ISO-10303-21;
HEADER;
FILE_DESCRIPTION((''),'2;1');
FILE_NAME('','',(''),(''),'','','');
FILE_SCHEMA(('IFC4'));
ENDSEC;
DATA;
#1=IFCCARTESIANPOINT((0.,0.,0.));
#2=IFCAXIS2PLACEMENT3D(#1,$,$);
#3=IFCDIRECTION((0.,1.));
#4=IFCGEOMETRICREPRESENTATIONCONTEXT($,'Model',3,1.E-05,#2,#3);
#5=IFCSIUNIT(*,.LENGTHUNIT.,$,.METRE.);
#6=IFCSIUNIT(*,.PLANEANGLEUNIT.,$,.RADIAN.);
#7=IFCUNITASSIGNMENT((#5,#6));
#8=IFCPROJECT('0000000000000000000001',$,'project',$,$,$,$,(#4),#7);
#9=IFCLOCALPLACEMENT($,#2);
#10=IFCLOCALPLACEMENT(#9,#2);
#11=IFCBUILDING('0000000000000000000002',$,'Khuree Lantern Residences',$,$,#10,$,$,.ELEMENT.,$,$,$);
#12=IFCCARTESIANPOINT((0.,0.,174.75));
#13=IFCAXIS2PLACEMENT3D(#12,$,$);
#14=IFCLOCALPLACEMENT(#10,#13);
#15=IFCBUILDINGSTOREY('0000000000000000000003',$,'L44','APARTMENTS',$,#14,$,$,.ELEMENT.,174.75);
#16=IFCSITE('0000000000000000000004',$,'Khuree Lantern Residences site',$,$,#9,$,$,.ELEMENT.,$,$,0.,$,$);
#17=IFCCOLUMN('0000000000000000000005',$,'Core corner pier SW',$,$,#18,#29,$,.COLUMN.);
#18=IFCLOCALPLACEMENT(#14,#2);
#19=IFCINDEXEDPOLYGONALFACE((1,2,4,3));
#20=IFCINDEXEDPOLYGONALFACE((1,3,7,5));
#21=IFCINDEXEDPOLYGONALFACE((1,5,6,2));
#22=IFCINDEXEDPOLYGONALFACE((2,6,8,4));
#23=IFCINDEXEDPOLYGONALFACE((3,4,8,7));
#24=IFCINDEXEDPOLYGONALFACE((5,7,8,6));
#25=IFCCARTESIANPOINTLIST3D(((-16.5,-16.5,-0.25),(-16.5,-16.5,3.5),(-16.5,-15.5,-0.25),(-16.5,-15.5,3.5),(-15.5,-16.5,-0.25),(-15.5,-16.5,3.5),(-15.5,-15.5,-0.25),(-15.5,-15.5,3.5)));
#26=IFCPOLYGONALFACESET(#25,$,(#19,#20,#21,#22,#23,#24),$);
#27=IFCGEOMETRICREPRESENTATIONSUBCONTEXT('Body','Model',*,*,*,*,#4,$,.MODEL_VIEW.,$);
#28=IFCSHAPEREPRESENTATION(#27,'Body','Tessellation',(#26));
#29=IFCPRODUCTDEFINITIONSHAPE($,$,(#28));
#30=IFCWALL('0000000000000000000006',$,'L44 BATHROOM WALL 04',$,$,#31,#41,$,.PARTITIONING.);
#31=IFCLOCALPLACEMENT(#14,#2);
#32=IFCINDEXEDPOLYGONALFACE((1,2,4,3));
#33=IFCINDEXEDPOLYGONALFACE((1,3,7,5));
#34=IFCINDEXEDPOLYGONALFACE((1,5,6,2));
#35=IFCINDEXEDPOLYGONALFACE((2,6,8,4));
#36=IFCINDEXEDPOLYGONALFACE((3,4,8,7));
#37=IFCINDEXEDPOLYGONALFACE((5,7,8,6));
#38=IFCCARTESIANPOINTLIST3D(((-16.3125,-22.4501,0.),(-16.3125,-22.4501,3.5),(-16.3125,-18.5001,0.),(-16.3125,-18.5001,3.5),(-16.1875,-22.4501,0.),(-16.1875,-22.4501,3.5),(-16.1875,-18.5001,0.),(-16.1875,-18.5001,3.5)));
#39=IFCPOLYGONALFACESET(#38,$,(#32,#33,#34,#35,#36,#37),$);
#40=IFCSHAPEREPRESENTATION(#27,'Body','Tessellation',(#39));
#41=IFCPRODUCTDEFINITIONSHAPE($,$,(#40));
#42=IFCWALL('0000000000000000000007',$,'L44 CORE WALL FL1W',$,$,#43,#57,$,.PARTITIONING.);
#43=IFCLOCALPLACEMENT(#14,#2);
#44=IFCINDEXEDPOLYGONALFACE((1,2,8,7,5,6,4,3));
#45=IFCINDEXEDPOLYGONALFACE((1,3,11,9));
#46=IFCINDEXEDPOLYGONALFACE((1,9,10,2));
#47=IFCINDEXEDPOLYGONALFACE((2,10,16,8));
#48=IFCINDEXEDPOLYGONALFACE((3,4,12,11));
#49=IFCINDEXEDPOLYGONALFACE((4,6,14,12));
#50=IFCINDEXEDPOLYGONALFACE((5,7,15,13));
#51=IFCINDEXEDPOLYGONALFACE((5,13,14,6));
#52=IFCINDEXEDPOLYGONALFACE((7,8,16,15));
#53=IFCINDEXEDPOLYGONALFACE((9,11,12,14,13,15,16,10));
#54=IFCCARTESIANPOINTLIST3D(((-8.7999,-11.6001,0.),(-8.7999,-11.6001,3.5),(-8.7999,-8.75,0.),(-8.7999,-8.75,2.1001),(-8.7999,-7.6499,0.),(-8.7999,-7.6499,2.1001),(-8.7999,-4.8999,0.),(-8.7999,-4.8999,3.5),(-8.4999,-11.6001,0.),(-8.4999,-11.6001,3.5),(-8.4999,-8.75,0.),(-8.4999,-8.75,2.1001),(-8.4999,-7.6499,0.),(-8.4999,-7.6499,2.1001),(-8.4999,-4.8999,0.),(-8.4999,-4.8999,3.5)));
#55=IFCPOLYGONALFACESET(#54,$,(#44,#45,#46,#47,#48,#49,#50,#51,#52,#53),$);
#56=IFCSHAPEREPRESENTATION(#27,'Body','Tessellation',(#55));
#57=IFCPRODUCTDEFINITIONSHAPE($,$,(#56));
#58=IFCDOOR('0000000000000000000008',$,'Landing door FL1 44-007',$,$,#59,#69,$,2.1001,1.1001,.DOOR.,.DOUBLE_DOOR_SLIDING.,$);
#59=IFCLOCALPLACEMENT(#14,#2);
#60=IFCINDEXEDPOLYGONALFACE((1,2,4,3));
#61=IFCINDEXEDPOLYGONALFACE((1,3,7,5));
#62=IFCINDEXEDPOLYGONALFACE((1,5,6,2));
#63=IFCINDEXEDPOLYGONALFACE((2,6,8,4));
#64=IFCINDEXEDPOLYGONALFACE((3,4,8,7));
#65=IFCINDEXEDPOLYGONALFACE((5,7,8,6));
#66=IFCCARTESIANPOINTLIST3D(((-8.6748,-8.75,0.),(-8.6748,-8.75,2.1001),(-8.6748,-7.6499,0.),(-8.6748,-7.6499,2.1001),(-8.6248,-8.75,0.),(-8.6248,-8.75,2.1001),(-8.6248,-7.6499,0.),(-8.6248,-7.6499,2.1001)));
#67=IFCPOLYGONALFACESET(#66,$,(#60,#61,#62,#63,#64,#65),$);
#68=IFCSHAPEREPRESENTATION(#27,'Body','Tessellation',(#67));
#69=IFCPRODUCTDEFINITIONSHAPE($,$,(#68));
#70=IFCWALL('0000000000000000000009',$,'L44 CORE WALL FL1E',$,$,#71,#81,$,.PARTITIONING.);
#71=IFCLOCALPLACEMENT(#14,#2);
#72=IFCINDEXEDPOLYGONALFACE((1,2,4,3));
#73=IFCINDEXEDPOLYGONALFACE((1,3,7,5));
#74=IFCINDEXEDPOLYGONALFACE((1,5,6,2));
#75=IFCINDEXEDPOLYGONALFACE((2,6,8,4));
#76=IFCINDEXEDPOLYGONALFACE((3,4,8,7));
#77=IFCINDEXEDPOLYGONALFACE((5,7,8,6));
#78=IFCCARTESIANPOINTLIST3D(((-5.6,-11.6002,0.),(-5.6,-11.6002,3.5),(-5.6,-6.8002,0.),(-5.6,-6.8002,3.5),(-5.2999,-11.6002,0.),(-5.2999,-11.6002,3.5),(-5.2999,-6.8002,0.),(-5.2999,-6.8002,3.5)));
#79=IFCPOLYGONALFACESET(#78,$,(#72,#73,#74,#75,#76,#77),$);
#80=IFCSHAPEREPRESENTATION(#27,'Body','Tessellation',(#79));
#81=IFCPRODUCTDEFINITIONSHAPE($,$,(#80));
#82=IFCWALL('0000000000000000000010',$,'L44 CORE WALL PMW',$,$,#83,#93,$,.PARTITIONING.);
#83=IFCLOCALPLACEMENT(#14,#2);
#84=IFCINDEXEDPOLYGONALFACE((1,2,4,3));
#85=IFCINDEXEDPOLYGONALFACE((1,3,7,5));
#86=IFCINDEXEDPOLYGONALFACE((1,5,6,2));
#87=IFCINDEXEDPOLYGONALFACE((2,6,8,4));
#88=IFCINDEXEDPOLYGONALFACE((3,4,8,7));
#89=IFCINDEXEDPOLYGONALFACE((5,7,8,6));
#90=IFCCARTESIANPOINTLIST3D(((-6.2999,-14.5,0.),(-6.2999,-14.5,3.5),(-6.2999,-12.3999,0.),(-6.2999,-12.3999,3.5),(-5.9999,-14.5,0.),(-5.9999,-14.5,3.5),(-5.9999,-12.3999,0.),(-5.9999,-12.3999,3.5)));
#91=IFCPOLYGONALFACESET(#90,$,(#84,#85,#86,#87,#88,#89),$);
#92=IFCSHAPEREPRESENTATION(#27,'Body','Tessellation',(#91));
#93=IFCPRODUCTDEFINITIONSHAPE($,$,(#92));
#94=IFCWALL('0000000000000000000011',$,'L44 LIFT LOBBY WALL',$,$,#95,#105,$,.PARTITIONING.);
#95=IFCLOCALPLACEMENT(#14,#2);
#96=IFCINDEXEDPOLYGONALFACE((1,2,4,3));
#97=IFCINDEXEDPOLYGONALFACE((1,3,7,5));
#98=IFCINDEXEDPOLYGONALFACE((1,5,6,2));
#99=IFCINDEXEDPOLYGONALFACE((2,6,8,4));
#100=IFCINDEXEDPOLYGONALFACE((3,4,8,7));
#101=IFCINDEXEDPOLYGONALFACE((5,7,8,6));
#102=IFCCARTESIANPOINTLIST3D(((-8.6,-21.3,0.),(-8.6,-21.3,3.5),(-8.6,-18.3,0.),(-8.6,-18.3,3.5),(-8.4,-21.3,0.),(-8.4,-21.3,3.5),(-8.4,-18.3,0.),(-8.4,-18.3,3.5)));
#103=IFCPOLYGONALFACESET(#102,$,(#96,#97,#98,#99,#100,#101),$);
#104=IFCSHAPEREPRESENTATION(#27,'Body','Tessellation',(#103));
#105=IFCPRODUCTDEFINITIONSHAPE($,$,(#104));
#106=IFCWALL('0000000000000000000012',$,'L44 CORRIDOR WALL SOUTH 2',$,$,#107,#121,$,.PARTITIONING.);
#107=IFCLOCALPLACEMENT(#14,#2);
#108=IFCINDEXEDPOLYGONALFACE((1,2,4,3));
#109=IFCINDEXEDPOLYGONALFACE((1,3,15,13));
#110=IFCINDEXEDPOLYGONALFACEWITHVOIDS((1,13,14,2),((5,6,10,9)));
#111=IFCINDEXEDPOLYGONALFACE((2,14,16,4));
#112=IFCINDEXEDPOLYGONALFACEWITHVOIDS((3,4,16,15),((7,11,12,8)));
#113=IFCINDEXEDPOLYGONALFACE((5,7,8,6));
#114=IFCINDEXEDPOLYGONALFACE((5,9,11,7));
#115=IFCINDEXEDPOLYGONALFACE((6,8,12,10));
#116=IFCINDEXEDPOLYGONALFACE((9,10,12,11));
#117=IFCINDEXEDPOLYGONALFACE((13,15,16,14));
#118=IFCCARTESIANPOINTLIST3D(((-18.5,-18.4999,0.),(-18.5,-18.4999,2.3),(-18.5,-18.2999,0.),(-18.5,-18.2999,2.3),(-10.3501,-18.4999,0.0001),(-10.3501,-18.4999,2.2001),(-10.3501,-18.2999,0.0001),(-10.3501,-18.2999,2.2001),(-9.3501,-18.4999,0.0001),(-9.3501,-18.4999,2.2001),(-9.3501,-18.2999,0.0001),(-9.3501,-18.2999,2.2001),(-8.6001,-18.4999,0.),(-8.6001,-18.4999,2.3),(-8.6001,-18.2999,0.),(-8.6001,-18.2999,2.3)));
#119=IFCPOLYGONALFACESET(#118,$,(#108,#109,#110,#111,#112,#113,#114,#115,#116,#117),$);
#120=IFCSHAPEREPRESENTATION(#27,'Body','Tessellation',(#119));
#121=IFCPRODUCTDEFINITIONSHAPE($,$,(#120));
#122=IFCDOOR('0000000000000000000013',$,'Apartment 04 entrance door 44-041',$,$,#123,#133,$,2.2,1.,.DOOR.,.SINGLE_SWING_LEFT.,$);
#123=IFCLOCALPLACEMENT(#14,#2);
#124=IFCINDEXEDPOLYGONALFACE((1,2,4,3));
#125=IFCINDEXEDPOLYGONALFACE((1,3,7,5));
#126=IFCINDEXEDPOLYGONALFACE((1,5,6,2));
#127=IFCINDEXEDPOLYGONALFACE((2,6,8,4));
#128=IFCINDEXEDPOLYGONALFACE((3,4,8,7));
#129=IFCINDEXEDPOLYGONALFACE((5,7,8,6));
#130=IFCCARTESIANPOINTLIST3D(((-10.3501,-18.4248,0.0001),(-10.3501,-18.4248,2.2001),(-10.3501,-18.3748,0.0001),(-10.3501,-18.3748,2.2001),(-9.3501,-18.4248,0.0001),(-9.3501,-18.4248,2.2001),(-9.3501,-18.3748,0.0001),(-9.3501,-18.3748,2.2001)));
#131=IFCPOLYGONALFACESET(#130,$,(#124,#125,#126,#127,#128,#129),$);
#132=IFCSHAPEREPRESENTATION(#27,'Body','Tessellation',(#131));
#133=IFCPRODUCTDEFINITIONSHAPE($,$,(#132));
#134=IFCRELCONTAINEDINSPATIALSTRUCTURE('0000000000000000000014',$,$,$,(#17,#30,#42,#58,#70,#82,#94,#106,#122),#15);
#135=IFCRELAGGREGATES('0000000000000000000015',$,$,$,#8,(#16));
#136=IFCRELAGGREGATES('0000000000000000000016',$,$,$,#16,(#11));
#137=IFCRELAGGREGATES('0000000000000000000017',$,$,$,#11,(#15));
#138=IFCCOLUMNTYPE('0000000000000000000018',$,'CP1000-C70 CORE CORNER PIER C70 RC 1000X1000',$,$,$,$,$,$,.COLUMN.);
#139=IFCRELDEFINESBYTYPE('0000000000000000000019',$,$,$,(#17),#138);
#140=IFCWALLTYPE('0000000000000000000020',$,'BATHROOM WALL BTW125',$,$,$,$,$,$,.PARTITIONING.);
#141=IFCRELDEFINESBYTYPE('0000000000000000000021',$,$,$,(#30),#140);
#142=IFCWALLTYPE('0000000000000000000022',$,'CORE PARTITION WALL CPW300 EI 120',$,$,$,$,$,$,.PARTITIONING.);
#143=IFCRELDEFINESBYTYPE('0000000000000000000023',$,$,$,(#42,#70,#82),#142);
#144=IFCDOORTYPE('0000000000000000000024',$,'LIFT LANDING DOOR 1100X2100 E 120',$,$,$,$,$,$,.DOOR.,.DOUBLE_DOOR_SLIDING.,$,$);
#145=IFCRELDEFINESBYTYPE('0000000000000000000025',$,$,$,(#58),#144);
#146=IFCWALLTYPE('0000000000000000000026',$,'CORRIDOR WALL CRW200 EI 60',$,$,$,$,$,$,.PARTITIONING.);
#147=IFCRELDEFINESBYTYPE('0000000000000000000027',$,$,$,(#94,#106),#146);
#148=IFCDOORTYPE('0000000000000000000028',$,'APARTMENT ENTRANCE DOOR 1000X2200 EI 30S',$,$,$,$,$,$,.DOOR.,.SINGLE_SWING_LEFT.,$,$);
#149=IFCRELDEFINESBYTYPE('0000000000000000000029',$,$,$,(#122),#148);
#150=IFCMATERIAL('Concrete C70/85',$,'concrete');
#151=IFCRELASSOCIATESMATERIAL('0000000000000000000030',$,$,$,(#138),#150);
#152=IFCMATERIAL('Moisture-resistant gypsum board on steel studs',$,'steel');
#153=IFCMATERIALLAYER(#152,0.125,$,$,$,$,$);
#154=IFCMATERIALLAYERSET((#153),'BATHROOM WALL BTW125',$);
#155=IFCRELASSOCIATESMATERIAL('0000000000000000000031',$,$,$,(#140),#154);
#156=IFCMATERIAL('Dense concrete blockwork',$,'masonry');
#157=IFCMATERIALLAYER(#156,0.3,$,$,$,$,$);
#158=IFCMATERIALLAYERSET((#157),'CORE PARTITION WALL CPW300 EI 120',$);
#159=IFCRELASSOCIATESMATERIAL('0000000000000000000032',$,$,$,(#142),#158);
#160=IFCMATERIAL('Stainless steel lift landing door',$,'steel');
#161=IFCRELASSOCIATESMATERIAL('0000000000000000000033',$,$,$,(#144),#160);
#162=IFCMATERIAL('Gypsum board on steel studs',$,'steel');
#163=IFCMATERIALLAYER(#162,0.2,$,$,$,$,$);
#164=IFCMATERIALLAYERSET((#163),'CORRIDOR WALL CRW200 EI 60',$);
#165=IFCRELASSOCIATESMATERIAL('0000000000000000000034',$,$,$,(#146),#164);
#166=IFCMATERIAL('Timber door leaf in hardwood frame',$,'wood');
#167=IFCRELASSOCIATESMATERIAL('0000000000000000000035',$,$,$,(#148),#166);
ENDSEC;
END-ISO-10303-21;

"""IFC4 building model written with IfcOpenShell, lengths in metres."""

from ifc_helpers import new_model, si_unit, direction, frame, frame_2d, origin, origin_2d, place, context, subcontext, project, spatial, rectangle, extrude, material, layer, layer_set, material_profile, profile_set, type_object, element, fill, save


model = new_model("IFC4")

# Units and contexts
model_context = context("Model", 3, precision=1e-05, world=origin(), true_north=direction((0.0, 1.0)))
body_context = subcontext(model_context, "Body", "Model", "MODEL_VIEW")
ifc_project = project(units=[si_unit("LENGTHUNIT", "METRE"), si_unit("PLANEANGLEUNIT", "RADIAN")], contexts=[model_context])

# Site, building, storey
site_placement = place(None, origin())
site = spatial("IfcSite", under=ifc_project, at=site_placement, Name="Khuree Lantern Residences site", CompositionType="ELEMENT", RefElevation=0.0)
building_placement = place(site_placement, origin())
building = spatial("IfcBuilding", under=site, at=building_placement, Name="Khuree Lantern Residences", CompositionType="ELEMENT")
storey_placement = place(building_placement, frame((0.0, 0.0, 174.75)))
storey = spatial("IfcBuildingStorey", under=building, at=storey_placement, Name="L44", Description="APARTMENTS", CompositionType="ELEMENT", Elevation=174.75)

# Column
ifc_material_1 = material(Name="Concrete C70/85", Category="concrete")
ifc_material_profile = material_profile(ifc_material_1, rectangle(XDim=1.0, YDim=1.0, at=origin_2d()), Name="RC 1000X1000")
ifc_profile_set = profile_set([ifc_material_profile], Name="Concrete C70/85")
column_type = type_object("IfcColumnType", Name="CP1000-C70 CORE CORNER PIER C70 RC 1000X1000", PredefinedType="COLUMN", material=ifc_profile_set)
column_placement = place(storey_placement, frame((-16.0, -16.0, -0.25), z_axis=(0.0, 0.0, 1.0), x_axis=(1.0, 0.0, 0.0)))
element("IfcColumn", 1, at=column_placement, inside=storey, type_object=column_type, Name="Core corner pier SW", PredefinedType="COLUMN", context=body_context, shape_type="SweptSolid", body=[
    extrude(rectangle(XDim=1.0, YDim=1.0, at=origin_2d()), origin(), (0.0, 0.0, 1.0), 3.75),
])

# Wall
ifc_material_2 = material(Name="Moisture-resistant gypsum board on steel studs", Category="steel")
ifc_layer_1 = layer(ifc_material_2, 0.125)
ifc_layer_set_1 = layer_set([ifc_layer_1], Name="BATHROOM WALL BTW125")
wall_type_1 = type_object("IfcWallType", Name="BATHROOM WALL BTW125", PredefinedType="PARTITIONING", material=ifc_layer_set_1)
wall_1_placement = place(storey_placement, frame((-16.25, -18.5, 0.0), z_axis=(0.0, 0.0, 1.0), x_axis=(0.0, -1.0, 0.0)))
element("IfcWall", 2, at=wall_1_placement, inside=storey, type_object=wall_type_1, Name="L44 BATHROOM WALL 04", PredefinedType="PARTITIONING", context=body_context, shape_type="SweptSolid", body=[
    extrude(rectangle(XDim=3.95, YDim=0.125, at=frame_2d((1.9751, 0.0))), origin(), (0.0, 0.0, 1.0), 3.5),
])

# Wall, opening, door
ifc_material_3 = material(Name="Dense concrete blockwork", Category="masonry")
ifc_layer_2 = layer(ifc_material_3, 0.3)
ifc_layer_set_2 = layer_set([ifc_layer_2], Name="CORE PARTITION WALL CPW300 EI 120")
wall_type_2 = type_object("IfcWallType", Name="CORE PARTITION WALL CPW300 EI 120", PredefinedType="PARTITIONING", material=ifc_layer_set_2)
wall_2_placement = place(storey_placement, frame((-8.6499, -11.6001, 0.0), z_axis=(0.0, 0.0, 1.0), x_axis=(0.0, 1.0, 0.0)))
wall_2 = element("IfcWall", 3, at=wall_2_placement, inside=storey, type_object=wall_type_2, Name="L44 CORE WALL FL1W", PredefinedType="PARTITIONING", context=body_context, shape_type="SweptSolid", body=[
    extrude(rectangle(XDim=6.7002, YDim=0.3, at=frame_2d((3.3501, 0.0))), origin(), (0.0, 0.0, 1.0), 3.5),
])
opening_1_placement = place(wall_2_placement, frame((2.8501, 0.0, 0.0)))
opening_1 = element("IfcOpeningElement", 4, at=opening_1_placement, cuts=wall_2, PredefinedType="OPENING", context=body_context, shape_type="SweptSolid", body=[
    extrude(rectangle(XDim=1.1001, YDim=2.1001, at=frame_2d((0.55, 1.05))), frame((0.0, 0.1602, 0.0), z_axis=(0.0, -1.0, 0.0), x_axis=(1.0, 0.0, 0.0)), (0.0, 0.0, 1.0), 0.3201),
])
ifc_material_4 = material(Name="Stainless steel lift landing door", Category="steel")
door_type_1 = type_object("IfcDoorType", Name="LIFT LANDING DOOR 1100X2100 E 120", OperationType="DOUBLE_DOOR_SLIDING", PredefinedType="DOOR", material=ifc_material_4)
door_1_placement = place(opening_1_placement, origin())
door_1 = element("IfcDoor", 5, at=door_1_placement, inside=storey, type_object=door_type_1, Name="Landing door FL1 44-007", OperationType="DOUBLE_DOOR_SLIDING", OverallHeight=2.1001, OverallWidth=1.1001, PredefinedType="DOOR", context=body_context, shape_type="SweptSolid", body=[
    extrude(rectangle(XDim=1.1001, YDim=2.1001, at=frame_2d((0.55, 1.05))), frame((0.0, 0.0249, 0.0), z_axis=(0.0, -1.0, 0.0), x_axis=(1.0, 0.0, 0.0)), (0.0, 0.0, 1.0), 0.05),
])
fill(opening_1, door_1)

# Walls
wall_3_placement = place(storey_placement, frame((-5.45, -11.6001, 0.0), z_axis=(0.0, 0.0, 1.0), x_axis=(0.0, 1.0, 0.0)))
element("IfcWall", 6, at=wall_3_placement, inside=storey, type_object=wall_type_2, Name="L44 CORE WALL FL1E", PredefinedType="PARTITIONING", context=body_context, shape_type="SweptSolid", body=[
    extrude(rectangle(XDim=4.8, YDim=0.3, at=frame_2d((2.3999, 0.0))), origin(), (0.0, 0.0, 1.0), 3.5),
])
wall_4_placement = place(storey_placement, frame((-6.1499, -14.5, 0.0), z_axis=(0.0, 0.0, 1.0), x_axis=(0.0, 1.0, 0.0)))
element("IfcWall", 7, at=wall_4_placement, inside=storey, type_object=wall_type_2, Name="L44 CORE WALL PMW", PredefinedType="PARTITIONING", context=body_context, shape_type="SweptSolid", body=[
    extrude(rectangle(XDim=2.1001, YDim=0.3, at=frame_2d((1.05, 0.0))), origin(), (0.0, 0.0, 1.0), 3.5),
])
ifc_material_5 = material(Name="Gypsum board on steel studs", Category="steel")
ifc_layer_3 = layer(ifc_material_5, 0.2)
ifc_layer_set_3 = layer_set([ifc_layer_3], Name="CORRIDOR WALL CRW200 EI 60")
wall_type_3 = type_object("IfcWallType", Name="CORRIDOR WALL CRW200 EI 60", PredefinedType="PARTITIONING", material=ifc_layer_set_3)
wall_5_placement = place(storey_placement, frame((-8.5, -18.3, 0.0), z_axis=(0.0, 0.0, 1.0), x_axis=(0.0, -1.0, 0.0)))
element("IfcWall", 8, at=wall_5_placement, inside=storey, type_object=wall_type_3, Name="L44 LIFT LOBBY WALL", PredefinedType="PARTITIONING", context=body_context, shape_type="SweptSolid", body=[
    extrude(rectangle(XDim=3.0, YDim=0.2, at=frame_2d((1.5, 0.0))), origin(), (0.0, 0.0, 1.0), 3.5),
])

# Wall, opening, door
wall_6_placement = place(storey_placement, frame((-8.6001, -18.3999, 0.0), z_axis=(0.0, 0.0, 1.0), x_axis=(-1.0, 0.0, 0.0)))
wall_6 = element("IfcWall", 9, at=wall_6_placement, inside=storey, type_object=wall_type_3, Name="L44 CORRIDOR WALL SOUTH 2", PredefinedType="PARTITIONING", context=body_context, shape_type="SweptSolid", body=[
    extrude(rectangle(XDim=9.8999, YDim=0.2, at=frame_2d((4.95, 0.0))), origin(), (0.0, 0.0, 1.0), 2.3),
])
opening_2_placement = place(wall_6_placement, frame((0.75, 0.0, 0.0)))
opening_2 = element("IfcOpeningElement", 10, at=opening_2_placement, cuts=wall_6, PredefinedType="OPENING", context=body_context, shape_type="SweptSolid", body=[
    extrude(rectangle(XDim=1.0, YDim=2.2, at=frame_2d((0.5, 1.1001))), frame((0.0, 0.1099, 0.0), z_axis=(0.0, -1.0, 0.0), x_axis=(1.0, 0.0, 0.0)), (0.0, 0.0, 1.0), 0.22),
])
ifc_material_6 = material(Name="Timber door leaf in hardwood frame", Category="wood")
door_type_2 = type_object("IfcDoorType", Name="APARTMENT ENTRANCE DOOR 1000X2200 EI 30S", OperationType="SINGLE_SWING_LEFT", PredefinedType="DOOR", material=ifc_material_6)
door_2_placement = place(opening_2_placement, origin())
door_2 = element("IfcDoor", 11, at=door_2_placement, inside=storey, type_object=door_type_2, Name="Apartment 04 entrance door 44-041", OperationType="SINGLE_SWING_LEFT", OverallHeight=2.2, OverallWidth=1.0, PredefinedType="DOOR", context=body_context, shape_type="SweptSolid", body=[
    extrude(rectangle(XDim=1.0, YDim=2.2, at=frame_2d((0.5, 1.1001))), frame((0.0, 0.0249, 0.0), z_axis=(0.0, -1.0, 0.0), x_axis=(1.0, 0.0, 0.0)), (0.0, 0.0, 1.0), 0.05),
])
fill(opening_2, door_2)

save(model, "model.ifc")
